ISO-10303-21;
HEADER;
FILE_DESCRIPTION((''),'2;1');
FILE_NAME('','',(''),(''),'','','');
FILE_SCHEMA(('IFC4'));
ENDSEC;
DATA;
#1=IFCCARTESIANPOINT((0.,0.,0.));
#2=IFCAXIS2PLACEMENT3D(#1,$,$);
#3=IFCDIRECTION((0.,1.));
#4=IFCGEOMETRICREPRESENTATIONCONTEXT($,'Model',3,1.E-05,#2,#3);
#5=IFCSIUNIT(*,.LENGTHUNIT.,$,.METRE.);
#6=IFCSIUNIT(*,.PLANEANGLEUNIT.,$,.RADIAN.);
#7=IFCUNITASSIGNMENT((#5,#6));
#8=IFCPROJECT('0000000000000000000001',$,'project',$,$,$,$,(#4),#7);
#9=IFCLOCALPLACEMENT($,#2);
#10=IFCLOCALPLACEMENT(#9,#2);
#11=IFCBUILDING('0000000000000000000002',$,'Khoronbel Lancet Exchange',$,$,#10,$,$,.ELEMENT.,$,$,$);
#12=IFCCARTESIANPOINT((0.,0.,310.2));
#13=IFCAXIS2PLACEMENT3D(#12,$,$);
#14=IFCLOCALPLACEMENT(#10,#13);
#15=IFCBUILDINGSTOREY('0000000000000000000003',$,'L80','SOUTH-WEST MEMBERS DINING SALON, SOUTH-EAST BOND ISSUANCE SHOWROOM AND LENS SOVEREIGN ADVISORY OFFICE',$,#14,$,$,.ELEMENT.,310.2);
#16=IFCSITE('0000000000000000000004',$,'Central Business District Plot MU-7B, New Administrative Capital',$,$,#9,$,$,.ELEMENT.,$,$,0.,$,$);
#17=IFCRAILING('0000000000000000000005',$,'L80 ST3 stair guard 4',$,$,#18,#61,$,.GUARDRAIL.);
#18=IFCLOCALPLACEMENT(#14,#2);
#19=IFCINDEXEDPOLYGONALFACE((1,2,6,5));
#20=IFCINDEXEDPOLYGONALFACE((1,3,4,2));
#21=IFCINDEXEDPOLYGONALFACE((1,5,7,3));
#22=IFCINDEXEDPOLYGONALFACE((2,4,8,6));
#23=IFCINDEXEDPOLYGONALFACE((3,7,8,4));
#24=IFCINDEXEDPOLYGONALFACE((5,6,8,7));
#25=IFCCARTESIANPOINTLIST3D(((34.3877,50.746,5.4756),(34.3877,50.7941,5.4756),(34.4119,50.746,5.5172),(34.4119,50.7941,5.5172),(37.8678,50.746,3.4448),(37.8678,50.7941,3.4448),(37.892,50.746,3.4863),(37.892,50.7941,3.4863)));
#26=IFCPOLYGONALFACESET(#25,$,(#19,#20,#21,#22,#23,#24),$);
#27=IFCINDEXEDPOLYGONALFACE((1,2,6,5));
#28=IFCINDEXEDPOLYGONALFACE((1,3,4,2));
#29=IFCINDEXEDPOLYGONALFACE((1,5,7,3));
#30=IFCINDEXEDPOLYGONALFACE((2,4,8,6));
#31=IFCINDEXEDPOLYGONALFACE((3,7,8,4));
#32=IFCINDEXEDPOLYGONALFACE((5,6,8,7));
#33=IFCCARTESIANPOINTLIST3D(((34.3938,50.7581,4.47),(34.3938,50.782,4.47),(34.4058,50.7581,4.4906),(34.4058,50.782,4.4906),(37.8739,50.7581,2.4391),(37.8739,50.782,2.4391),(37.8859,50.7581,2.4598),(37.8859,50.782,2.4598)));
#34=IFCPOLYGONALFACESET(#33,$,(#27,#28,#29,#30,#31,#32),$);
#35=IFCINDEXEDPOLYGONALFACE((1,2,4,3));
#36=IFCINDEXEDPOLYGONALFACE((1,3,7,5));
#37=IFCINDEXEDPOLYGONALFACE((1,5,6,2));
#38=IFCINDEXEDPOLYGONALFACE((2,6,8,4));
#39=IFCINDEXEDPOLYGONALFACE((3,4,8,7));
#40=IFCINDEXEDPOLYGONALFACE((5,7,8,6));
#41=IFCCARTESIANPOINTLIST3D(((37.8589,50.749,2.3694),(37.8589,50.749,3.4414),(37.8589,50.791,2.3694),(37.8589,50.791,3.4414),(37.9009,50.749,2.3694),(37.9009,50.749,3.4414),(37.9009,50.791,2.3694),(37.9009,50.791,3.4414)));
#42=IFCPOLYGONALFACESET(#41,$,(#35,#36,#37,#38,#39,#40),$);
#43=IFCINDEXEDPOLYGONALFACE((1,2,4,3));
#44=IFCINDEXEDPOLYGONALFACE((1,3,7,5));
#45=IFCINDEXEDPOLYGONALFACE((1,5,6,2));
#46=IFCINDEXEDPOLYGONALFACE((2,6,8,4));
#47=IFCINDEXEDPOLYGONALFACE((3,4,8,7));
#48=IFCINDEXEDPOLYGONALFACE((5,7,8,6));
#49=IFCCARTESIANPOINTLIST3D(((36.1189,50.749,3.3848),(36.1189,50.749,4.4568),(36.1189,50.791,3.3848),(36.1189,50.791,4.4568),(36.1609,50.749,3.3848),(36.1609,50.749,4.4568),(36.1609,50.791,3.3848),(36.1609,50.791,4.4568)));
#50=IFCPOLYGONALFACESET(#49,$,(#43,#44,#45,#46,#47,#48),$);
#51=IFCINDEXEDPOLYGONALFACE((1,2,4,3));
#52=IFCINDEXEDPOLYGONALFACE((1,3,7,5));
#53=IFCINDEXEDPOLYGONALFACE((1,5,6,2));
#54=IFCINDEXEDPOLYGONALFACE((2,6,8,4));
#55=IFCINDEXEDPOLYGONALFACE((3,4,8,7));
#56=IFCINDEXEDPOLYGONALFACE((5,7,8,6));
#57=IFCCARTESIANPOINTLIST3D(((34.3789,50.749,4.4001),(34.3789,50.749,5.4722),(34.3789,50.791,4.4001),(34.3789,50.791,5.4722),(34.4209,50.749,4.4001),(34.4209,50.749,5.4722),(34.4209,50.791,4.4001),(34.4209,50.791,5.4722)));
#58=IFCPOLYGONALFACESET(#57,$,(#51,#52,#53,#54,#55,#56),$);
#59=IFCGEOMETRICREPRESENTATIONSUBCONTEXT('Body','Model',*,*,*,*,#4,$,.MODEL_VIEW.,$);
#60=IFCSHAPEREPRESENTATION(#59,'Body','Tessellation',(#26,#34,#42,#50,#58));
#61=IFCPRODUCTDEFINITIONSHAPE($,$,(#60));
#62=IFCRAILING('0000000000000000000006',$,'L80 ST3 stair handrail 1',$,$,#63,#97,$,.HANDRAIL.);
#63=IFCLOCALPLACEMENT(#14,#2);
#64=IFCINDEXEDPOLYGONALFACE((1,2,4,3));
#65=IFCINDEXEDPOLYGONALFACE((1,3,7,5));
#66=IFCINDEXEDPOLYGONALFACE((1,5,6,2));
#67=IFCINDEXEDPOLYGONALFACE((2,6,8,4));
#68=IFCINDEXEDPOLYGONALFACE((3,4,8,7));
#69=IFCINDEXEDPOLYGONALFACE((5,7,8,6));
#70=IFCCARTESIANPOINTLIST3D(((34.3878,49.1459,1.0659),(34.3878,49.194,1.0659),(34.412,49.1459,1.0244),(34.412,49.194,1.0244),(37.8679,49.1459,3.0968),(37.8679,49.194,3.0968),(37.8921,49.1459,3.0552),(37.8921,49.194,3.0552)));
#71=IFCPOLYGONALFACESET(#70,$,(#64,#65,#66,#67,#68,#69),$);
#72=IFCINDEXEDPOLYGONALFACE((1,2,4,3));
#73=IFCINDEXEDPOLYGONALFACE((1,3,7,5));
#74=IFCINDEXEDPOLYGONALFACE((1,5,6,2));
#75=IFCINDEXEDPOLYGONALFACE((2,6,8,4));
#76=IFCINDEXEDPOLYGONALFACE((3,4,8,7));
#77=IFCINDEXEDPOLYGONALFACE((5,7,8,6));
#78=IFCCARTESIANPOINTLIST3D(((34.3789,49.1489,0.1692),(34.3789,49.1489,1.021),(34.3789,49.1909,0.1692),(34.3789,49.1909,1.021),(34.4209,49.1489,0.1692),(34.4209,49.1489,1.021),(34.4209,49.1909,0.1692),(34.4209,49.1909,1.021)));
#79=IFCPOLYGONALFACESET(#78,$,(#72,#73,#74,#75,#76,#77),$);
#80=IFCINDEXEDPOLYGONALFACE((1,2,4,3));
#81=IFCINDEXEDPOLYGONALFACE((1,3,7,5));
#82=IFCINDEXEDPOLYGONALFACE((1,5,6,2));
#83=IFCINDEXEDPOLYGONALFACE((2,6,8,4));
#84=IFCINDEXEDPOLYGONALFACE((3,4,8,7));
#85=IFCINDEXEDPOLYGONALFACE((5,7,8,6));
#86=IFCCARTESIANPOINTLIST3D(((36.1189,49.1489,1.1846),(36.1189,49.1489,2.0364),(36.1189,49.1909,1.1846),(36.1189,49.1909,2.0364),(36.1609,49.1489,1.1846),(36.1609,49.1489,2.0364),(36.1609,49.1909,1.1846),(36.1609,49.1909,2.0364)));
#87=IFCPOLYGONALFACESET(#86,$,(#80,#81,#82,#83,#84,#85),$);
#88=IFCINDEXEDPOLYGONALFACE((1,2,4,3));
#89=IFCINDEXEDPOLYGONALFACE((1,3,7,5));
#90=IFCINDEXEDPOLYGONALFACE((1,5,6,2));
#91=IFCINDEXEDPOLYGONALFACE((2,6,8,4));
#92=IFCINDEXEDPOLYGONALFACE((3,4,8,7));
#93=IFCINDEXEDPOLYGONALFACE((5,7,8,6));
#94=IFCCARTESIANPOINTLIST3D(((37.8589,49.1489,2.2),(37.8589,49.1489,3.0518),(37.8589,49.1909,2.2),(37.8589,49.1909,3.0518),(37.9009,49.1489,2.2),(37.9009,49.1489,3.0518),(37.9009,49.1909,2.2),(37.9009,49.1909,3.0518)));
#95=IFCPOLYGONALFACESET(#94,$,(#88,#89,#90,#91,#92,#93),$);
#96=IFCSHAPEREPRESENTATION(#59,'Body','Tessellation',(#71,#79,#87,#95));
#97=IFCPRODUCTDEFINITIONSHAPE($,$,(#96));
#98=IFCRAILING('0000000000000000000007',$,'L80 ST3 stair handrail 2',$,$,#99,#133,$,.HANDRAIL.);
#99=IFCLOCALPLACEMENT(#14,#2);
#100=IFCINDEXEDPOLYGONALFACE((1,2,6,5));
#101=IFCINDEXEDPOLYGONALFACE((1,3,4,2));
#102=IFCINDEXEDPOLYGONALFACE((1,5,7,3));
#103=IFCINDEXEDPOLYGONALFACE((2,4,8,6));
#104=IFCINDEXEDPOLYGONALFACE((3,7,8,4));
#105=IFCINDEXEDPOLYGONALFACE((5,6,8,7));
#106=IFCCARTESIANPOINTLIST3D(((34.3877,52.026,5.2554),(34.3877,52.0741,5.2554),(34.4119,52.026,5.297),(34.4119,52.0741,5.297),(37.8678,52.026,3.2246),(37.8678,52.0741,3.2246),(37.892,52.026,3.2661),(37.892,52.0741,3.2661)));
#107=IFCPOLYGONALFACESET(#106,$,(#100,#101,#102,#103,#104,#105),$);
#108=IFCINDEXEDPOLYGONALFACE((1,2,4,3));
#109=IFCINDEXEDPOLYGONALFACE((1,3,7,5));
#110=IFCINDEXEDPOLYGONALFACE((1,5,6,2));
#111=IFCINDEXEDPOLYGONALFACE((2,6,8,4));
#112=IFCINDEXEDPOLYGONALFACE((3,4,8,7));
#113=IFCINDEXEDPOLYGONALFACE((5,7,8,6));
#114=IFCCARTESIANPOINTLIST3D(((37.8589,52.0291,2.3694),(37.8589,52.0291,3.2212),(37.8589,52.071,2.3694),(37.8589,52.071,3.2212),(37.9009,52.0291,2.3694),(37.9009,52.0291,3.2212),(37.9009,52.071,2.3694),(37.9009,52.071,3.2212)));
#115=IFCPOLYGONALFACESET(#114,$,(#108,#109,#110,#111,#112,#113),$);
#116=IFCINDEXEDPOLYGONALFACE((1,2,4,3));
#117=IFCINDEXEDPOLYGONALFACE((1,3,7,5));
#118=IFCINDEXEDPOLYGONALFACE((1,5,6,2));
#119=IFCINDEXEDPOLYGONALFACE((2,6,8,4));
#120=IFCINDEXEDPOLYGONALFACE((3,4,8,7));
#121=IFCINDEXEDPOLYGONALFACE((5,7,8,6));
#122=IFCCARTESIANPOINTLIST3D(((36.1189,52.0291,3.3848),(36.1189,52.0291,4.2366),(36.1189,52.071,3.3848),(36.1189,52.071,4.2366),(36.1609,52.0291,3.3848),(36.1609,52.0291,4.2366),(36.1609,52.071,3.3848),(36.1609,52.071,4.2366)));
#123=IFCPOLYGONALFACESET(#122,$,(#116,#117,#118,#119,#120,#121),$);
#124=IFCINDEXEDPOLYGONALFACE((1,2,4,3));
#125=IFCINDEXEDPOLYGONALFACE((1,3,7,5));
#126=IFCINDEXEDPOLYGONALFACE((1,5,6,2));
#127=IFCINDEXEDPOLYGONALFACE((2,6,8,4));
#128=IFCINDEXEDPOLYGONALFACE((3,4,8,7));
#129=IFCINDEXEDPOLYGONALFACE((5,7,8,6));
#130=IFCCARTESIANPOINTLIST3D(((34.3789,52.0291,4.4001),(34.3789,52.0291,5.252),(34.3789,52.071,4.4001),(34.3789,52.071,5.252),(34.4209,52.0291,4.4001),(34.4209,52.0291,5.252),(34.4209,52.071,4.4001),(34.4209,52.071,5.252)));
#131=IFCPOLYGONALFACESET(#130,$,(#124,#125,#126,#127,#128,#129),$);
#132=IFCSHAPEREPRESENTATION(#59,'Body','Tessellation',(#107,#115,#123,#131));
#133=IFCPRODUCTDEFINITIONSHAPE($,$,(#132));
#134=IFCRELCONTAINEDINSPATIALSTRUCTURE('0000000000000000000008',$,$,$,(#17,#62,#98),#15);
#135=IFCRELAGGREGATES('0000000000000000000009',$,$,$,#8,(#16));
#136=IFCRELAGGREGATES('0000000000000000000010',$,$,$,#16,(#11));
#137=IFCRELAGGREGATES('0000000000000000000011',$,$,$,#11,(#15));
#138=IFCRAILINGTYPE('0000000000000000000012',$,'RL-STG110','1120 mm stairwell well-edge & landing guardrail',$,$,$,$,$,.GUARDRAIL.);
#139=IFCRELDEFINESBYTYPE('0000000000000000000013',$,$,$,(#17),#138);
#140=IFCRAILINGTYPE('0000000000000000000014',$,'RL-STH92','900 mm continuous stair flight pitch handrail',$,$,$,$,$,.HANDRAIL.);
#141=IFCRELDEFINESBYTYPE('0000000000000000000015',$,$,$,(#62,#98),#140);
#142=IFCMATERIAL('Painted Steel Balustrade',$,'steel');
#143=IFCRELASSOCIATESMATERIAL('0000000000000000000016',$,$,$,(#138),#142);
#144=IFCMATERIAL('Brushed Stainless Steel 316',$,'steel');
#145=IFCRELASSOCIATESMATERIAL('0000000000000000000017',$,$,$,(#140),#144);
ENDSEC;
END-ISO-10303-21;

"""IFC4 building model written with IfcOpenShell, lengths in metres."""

from ifc_helpers import new_model, si_unit, direction, frame, origin, origin_2d, place, context, subcontext, project, spatial, rectangle, extrude, material, type_object, element, save


model = new_model("IFC4")

# Units and contexts
model_context = context("Model", 3, precision=1e-05, world=origin(), true_north=direction((0.0, 1.0)))
body_context = subcontext(model_context, "Body", "Model", "MODEL_VIEW")
ifc_project = project(units=[si_unit("LENGTHUNIT", "METRE"), si_unit("PLANEANGLEUNIT", "RADIAN")], contexts=[model_context])

# Site, building, storey
site_placement = place(None, origin())
site = spatial("IfcSite", under=ifc_project, at=site_placement, Name="Central Business District Plot MU-7B, New Administrative Capital", CompositionType="ELEMENT", RefElevation=0.0)
building_placement = place(site_placement, origin())
building = spatial("IfcBuilding", under=site, at=building_placement, Name="Khoronbel Lancet Exchange", CompositionType="ELEMENT")
storey_placement = place(building_placement, frame((0.0, 0.0, 310.2)))
storey = spatial("IfcBuildingStorey", under=building, at=storey_placement, Name="L80", Description="SOUTH-WEST MEMBERS DINING SALON, SOUTH-EAST BOND ISSUANCE SHOWROOM AND LENS SOVEREIGN ADVISORY OFFICE", CompositionType="ELEMENT", Elevation=310.2)

# Railings
ifc_material_1 = material(Name="Painted Steel Balustrade", Category="steel")
railing_type_1 = type_object("IfcRailingType", Name="RL-STG110", Description="1120 mm stairwell well-edge & landing guardrail", PredefinedType="GUARDRAIL", material=ifc_material_1)
railing_1_placement = place(storey_placement, frame((37.8799, 50.77, 2.3694)))
element("IfcRailing", 1, at=railing_1_placement, inside=storey, type_object=railing_type_1, Name="L80 ST3 stair guard 4", PredefinedType="GUARDRAIL", context=body_context, shape_type="SweptSolid", body=[
    extrude(rectangle(XDim=0.0481, YDim=0.0481, at=origin_2d()), frame((0.0, 0.0, 1.0962), z_axis=(-0.863695, 0.0, 0.504014), x_axis=(0.0, -1.0, 0.0)), (0.0, 0.0, 1.0), 4.0293),
    extrude(rectangle(XDim=0.0239, YDim=0.0239, at=origin_2d()), frame((0.0, 0.0, 0.0801), z_axis=(-0.863695, 0.0, 0.504014), x_axis=(0.0, -1.0, 0.0)), (0.0, 0.0, 1.0), 4.0293),
    extrude(rectangle(XDim=0.042, YDim=0.042, at=origin_2d()), origin(), (0.0, 0.0, 1.0), 1.072),
    extrude(rectangle(XDim=0.042, YDim=0.042, at=origin_2d()), frame((-1.74, 0.0, 1.0154)), (0.0, 0.0, 1.0), 1.072),
    extrude(rectangle(XDim=0.042, YDim=0.042, at=origin_2d()), frame((-3.48, 0.0, 2.0308)), (0.0, 0.0, 1.0), 1.072),
])
ifc_material_2 = material(Name="Brushed Stainless Steel 316", Category="steel")
railing_type_2 = type_object("IfcRailingType", Name="RL-STH92", Description="900 mm continuous stair flight pitch handrail", PredefinedType="HANDRAIL", material=ifc_material_2)
railing_2_placement = place(storey_placement, frame((34.3999, 49.1699, 0.1692)))
element("IfcRailing", 2, at=railing_2_placement, inside=storey, type_object=railing_type_2, Name="L80 ST3 stair handrail 1", PredefinedType="HANDRAIL", context=body_context, shape_type="SweptSolid", body=[
    extrude(rectangle(XDim=0.0481, YDim=0.0481, at=origin_2d()), frame((0.0, 0.0, 0.876), z_axis=(0.863695, 0.0, 0.504014), x_axis=(0.0, 1.0, 0.0)), (0.0, 0.0, 1.0), 4.0293),
    extrude(rectangle(XDim=0.042, YDim=0.042, at=origin_2d()), origin(), (0.0, 0.0, 1.0), 0.8518),
    extrude(rectangle(XDim=0.042, YDim=0.042, at=origin_2d()), frame((1.74, 0.0, 1.0154)), (0.0, 0.0, 1.0), 0.8518),
    extrude(rectangle(XDim=0.042, YDim=0.042, at=origin_2d()), frame((3.48, 0.0, 2.0308)), (0.0, 0.0, 1.0), 0.8518),
])
railing_3_placement = place(storey_placement, frame((37.8799, 52.05, 2.3694)))
element("IfcRailing", 3, at=railing_3_placement, inside=storey, type_object=railing_type_2, Name="L80 ST3 stair handrail 2", PredefinedType="HANDRAIL", context=body_context, shape_type="SweptSolid", body=[
    extrude(rectangle(XDim=0.0481, YDim=0.0481, at=origin_2d()), frame((0.0, 0.0, 0.876), z_axis=(-0.863695, 0.0, 0.504014), x_axis=(0.0, -1.0, 0.0)), (0.0, 0.0, 1.0), 4.0293),
    extrude(rectangle(XDim=0.042, YDim=0.042, at=origin_2d()), origin(), (0.0, 0.0, 1.0), 0.8518),
    extrude(rectangle(XDim=0.042, YDim=0.042, at=origin_2d()), frame((-1.74, 0.0, 1.0154)), (0.0, 0.0, 1.0), 0.8518),
    extrude(rectangle(XDim=0.042, YDim=0.042, at=origin_2d()), frame((-3.48, 0.0, 2.0308)), (0.0, 0.0, 1.0), 0.8518),
])

save(model, "model.ifc")
